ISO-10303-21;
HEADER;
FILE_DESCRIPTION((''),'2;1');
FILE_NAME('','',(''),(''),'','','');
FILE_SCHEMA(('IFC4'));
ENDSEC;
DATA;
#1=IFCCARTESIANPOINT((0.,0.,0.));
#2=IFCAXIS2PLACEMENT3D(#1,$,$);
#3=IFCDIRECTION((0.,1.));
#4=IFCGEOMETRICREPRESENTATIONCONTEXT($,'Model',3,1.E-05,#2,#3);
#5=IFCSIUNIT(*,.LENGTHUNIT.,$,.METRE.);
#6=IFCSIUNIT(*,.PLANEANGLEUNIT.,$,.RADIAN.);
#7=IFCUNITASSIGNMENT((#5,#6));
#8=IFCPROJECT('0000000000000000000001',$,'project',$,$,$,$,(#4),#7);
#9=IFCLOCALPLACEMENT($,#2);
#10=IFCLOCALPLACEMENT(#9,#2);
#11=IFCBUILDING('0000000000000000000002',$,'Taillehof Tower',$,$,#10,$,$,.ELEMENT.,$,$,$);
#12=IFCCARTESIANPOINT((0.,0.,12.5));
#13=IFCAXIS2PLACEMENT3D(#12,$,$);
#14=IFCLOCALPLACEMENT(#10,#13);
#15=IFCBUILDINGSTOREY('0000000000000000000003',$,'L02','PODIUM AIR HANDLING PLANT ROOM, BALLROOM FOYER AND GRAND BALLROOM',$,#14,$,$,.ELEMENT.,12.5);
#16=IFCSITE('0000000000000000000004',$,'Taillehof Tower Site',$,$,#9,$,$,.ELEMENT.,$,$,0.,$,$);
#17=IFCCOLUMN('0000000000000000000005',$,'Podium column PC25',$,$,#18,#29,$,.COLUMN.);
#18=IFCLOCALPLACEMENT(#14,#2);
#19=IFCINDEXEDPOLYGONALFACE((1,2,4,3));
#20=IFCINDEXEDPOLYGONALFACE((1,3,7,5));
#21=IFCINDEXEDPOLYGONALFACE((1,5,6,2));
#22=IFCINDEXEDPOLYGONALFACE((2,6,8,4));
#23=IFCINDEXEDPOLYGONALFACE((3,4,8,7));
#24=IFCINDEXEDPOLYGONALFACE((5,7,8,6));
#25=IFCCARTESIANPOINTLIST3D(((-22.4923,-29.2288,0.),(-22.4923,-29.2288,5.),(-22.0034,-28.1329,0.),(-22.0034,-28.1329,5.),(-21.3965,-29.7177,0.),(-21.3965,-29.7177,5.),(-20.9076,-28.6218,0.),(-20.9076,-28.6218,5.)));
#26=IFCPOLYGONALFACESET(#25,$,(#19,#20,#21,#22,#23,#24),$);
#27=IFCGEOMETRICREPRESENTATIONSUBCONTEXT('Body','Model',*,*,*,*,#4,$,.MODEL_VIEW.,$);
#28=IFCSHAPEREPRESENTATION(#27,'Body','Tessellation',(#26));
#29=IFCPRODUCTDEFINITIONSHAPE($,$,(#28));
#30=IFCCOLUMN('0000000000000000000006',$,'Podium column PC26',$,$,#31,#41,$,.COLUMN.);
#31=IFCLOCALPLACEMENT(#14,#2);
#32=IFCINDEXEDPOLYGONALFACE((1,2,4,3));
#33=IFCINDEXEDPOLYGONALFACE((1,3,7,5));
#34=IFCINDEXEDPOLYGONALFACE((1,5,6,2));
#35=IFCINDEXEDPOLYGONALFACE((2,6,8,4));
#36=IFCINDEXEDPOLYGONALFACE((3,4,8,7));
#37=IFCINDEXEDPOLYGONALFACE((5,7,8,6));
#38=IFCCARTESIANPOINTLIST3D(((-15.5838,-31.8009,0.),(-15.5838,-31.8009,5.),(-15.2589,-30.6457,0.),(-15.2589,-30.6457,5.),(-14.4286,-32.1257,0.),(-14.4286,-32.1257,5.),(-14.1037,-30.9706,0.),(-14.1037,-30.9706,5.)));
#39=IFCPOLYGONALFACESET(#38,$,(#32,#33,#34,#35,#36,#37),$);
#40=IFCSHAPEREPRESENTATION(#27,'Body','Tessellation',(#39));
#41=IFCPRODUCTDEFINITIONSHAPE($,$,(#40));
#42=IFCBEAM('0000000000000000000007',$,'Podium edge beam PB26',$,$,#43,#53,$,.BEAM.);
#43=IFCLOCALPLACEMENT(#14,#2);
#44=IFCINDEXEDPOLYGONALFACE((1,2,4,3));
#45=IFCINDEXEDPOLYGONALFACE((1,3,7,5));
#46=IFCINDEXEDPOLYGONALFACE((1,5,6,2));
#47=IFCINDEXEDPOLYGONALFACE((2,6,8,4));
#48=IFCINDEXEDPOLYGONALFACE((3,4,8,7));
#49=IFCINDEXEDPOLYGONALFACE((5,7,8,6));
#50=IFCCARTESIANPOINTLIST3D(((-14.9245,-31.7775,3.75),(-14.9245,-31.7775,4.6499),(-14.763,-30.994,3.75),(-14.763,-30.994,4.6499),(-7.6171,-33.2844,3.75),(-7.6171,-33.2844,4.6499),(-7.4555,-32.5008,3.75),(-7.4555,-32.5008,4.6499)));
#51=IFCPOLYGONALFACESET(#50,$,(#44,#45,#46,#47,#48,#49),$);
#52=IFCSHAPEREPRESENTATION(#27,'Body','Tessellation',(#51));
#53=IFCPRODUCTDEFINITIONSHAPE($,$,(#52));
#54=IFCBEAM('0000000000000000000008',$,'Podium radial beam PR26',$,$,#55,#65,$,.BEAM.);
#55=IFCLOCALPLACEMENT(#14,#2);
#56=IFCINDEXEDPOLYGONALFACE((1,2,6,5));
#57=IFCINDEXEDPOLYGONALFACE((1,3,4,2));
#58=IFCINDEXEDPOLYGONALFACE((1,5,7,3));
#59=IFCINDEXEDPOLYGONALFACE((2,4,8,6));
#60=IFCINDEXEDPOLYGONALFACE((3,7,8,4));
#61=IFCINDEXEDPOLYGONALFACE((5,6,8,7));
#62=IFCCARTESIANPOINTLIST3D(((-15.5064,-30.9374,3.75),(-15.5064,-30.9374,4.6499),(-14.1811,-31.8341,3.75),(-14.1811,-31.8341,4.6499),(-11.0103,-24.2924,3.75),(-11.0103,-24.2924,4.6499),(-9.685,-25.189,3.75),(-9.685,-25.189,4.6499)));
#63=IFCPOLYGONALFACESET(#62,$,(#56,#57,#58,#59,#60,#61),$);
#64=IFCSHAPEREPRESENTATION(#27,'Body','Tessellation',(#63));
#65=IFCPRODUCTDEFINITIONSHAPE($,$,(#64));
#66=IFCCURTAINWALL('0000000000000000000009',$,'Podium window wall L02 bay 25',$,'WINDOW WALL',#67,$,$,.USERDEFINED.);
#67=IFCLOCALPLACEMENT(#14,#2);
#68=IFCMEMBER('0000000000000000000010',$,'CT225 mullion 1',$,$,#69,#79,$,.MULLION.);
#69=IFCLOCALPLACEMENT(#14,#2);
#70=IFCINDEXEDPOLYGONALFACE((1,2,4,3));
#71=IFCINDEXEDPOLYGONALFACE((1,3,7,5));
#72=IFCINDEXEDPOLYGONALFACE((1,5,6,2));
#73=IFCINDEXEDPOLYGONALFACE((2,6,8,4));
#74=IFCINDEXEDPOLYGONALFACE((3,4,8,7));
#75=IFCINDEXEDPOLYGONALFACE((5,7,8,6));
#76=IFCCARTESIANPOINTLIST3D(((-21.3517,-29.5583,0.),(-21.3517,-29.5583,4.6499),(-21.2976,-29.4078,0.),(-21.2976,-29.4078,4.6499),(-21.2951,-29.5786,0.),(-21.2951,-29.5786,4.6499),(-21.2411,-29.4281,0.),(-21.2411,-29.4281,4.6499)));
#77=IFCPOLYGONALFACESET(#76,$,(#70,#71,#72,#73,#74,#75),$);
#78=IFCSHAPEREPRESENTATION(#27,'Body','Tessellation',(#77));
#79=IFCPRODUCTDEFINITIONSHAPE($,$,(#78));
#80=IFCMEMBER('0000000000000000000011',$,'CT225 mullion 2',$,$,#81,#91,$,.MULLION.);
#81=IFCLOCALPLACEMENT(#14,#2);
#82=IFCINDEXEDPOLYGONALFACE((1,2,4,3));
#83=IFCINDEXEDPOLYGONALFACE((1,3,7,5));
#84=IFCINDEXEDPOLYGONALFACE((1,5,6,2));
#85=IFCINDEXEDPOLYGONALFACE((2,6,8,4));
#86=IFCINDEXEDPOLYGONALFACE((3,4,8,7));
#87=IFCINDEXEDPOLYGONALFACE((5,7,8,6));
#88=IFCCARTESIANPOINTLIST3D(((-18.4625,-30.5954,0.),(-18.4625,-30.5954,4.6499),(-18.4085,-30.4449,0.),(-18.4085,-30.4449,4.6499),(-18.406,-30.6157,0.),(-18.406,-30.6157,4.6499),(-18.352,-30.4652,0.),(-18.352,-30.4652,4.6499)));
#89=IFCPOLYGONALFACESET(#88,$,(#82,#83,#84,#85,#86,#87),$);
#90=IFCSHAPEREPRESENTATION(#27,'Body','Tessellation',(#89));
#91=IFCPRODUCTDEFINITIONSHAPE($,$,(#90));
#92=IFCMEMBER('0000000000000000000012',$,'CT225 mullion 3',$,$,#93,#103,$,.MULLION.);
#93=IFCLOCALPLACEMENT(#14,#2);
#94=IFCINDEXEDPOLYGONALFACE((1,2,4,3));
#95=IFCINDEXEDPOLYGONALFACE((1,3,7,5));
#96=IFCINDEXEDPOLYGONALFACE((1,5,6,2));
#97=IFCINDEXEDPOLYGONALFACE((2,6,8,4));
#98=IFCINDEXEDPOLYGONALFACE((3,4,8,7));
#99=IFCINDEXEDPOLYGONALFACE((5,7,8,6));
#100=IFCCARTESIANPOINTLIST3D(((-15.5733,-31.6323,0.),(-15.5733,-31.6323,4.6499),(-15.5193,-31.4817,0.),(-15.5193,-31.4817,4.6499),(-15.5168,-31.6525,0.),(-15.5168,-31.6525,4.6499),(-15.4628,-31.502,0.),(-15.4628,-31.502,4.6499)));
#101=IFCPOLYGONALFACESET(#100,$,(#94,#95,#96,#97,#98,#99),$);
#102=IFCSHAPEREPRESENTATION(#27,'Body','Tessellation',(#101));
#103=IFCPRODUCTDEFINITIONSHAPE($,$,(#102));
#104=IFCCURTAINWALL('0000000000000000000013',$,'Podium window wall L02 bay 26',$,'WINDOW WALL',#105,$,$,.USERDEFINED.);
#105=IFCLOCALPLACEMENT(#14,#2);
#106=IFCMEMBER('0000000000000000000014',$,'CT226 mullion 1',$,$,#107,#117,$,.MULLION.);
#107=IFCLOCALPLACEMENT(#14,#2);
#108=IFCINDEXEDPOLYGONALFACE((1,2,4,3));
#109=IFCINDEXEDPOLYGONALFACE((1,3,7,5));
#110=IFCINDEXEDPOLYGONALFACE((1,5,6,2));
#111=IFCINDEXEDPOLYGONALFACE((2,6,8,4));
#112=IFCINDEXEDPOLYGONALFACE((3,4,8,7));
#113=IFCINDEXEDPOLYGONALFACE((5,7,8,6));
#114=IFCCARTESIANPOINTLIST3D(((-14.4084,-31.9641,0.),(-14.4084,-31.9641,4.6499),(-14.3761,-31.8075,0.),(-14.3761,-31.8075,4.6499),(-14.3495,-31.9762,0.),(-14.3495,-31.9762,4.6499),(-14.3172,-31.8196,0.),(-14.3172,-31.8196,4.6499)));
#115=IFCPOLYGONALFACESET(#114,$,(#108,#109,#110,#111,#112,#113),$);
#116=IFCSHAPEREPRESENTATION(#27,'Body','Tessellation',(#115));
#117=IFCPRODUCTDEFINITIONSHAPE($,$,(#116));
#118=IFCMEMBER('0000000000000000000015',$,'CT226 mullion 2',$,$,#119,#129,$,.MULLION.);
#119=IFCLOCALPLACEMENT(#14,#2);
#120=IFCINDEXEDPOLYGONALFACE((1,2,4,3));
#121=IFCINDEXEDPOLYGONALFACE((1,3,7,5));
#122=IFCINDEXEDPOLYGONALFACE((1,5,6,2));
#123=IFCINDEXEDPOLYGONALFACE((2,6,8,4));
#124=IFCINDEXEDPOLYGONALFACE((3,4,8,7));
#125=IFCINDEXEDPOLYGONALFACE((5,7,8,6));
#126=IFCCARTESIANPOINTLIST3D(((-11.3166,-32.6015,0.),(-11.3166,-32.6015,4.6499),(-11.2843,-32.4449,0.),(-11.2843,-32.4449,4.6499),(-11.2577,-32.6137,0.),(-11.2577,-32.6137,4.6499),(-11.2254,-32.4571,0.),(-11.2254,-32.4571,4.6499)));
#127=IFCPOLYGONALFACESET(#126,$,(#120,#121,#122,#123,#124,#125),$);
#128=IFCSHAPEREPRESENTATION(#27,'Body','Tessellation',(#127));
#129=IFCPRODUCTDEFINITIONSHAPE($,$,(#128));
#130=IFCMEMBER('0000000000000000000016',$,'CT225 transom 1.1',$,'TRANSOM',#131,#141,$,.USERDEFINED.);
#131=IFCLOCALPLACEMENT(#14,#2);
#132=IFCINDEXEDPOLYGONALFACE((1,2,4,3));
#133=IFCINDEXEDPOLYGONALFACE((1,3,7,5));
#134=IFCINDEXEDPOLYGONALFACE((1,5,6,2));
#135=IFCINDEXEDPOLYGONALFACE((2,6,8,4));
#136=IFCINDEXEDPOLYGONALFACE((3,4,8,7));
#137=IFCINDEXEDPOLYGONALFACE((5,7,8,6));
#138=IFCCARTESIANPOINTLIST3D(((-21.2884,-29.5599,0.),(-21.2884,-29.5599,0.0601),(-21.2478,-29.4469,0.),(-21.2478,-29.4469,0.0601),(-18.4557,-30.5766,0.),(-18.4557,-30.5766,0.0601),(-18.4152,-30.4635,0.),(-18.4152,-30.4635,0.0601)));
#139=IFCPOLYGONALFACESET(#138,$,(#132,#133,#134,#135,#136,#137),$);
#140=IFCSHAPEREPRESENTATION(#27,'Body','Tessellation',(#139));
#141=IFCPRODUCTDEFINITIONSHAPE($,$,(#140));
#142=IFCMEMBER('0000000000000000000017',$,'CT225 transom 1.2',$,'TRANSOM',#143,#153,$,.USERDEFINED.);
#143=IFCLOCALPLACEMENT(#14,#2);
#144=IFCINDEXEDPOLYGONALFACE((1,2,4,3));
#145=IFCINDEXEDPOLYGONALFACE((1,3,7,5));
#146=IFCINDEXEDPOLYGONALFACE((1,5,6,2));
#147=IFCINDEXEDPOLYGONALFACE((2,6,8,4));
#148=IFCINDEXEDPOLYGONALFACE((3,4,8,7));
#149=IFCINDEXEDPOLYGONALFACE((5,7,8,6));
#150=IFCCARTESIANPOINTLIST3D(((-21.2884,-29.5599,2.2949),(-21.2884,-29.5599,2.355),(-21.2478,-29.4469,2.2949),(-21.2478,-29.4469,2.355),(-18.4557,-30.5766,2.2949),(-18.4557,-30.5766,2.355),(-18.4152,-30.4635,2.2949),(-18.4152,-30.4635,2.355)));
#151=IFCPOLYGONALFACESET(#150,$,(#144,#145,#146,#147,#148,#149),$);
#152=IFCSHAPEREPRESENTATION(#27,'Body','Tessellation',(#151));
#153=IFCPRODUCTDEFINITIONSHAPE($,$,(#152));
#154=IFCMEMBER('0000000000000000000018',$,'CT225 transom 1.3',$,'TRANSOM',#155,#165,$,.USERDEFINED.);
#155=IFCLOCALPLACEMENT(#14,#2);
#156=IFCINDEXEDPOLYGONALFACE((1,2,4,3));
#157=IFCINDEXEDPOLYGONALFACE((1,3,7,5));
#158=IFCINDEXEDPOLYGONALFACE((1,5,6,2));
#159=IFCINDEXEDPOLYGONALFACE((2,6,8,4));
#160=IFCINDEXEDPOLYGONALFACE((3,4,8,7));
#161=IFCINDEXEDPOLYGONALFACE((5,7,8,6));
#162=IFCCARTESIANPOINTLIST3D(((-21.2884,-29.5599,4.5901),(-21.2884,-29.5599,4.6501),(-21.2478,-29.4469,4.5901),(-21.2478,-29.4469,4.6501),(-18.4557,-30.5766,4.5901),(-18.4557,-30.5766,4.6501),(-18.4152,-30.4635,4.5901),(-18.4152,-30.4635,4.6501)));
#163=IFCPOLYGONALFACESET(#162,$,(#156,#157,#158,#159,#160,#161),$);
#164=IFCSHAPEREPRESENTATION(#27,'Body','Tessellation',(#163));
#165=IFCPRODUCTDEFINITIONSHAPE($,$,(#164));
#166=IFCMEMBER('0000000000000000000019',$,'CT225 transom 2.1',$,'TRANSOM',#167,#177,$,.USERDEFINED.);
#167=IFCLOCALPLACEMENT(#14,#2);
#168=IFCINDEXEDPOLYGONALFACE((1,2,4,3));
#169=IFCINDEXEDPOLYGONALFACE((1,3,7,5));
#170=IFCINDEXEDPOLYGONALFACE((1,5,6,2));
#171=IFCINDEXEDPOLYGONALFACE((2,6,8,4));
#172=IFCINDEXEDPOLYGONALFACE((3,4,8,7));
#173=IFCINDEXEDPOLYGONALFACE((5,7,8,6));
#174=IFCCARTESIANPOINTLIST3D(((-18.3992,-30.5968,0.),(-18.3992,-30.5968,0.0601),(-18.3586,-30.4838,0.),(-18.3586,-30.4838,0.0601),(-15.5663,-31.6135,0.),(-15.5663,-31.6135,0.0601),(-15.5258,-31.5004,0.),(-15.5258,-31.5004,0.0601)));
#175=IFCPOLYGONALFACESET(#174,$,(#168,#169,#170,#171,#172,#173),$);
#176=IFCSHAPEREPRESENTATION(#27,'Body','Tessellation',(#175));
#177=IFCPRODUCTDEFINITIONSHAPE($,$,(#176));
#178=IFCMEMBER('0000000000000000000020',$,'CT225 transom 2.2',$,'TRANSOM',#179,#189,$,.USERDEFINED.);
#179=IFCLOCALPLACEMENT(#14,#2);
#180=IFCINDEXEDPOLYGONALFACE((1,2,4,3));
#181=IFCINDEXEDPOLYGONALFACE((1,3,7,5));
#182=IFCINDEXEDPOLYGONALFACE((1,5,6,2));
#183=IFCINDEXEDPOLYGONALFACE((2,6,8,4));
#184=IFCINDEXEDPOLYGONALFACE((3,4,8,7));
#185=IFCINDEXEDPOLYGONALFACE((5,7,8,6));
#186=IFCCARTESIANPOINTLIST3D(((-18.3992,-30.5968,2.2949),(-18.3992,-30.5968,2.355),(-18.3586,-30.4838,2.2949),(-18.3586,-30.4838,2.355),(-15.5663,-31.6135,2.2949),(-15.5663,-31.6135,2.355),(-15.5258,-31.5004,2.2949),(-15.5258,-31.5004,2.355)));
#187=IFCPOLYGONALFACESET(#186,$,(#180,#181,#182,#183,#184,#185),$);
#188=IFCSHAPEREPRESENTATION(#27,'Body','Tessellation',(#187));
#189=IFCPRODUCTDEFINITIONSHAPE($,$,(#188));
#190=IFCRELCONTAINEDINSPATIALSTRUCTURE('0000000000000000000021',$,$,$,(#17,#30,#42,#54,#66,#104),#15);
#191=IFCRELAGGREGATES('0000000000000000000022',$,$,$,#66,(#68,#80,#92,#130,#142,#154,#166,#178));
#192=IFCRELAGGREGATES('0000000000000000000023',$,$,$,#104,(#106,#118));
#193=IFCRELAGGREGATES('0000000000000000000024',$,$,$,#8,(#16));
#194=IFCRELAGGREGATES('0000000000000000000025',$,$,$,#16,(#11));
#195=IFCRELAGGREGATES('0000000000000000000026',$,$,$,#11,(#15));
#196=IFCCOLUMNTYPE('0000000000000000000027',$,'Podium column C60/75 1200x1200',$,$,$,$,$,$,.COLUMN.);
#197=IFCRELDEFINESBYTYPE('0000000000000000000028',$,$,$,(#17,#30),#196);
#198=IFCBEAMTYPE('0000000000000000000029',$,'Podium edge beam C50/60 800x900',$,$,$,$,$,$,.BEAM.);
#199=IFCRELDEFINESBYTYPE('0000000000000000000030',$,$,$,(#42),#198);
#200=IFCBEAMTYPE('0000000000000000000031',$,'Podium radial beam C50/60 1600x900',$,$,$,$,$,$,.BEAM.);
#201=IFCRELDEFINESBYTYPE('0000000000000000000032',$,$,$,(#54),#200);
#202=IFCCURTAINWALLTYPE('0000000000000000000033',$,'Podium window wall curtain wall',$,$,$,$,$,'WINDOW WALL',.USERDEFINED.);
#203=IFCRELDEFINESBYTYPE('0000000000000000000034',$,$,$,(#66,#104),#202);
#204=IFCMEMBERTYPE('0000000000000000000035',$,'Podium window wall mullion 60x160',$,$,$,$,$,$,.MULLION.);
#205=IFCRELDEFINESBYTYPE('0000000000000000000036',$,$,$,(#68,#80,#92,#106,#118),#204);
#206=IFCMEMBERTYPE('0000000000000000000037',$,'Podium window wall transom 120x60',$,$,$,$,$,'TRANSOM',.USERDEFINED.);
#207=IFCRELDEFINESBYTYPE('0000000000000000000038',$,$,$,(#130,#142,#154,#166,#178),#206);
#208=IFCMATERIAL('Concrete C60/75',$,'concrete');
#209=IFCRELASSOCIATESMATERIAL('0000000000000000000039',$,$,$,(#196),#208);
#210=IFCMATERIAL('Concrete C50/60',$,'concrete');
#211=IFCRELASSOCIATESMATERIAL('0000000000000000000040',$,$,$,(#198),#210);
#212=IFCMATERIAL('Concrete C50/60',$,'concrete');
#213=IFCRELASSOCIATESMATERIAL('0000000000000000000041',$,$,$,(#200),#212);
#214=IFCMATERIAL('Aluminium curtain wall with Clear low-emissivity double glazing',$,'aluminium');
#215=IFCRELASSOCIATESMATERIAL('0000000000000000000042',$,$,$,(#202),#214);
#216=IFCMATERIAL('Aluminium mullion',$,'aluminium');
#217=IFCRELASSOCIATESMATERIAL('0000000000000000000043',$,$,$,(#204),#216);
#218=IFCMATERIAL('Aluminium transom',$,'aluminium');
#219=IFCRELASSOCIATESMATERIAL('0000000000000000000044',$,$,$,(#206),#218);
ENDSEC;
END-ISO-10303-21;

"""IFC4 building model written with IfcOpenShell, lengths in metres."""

from ifc_helpers import new_model, si_unit, direction, frame, origin, origin_2d, place, context, subcontext, project, spatial, rectangle, extrude, material, material_profile, profile_set, type_object, element, aggregate, save


model = new_model("IFC4")

# Units and contexts
model_context = context("Model", 3, precision=1e-05, world=origin(), true_north=direction((0.0, 1.0)))
body_context = subcontext(model_context, "Body", "Model", "MODEL_VIEW")
ifc_project = project(units=[si_unit("LENGTHUNIT", "METRE"), si_unit("PLANEANGLEUNIT", "RADIAN")], contexts=[model_context])

# Site, building, storey
site_placement = place(None, origin())
site = spatial("IfcSite", under=ifc_project, at=site_placement, Name="Taillehof Tower Site", CompositionType="ELEMENT", RefElevation=0.0)
building_placement = place(site_placement, origin())
building = spatial("IfcBuilding", under=site, at=building_placement, Name="Taillehof Tower", CompositionType="ELEMENT")
storey_placement = place(building_placement, frame((0.0, 0.0, 12.5)))
storey = spatial("IfcBuildingStorey", under=building, at=storey_placement, Name="L02", Description="PODIUM AIR HANDLING PLANT ROOM, BALLROOM FOYER AND GRAND BALLROOM", CompositionType="ELEMENT", Elevation=12.5)

# Columns
ifc_material_1 = material(Name="Concrete C60/75", Category="concrete")
ifc_material_profile_1 = material_profile(ifc_material_1, rectangle(XDim=1.2, YDim=1.2, at=origin_2d()), Name="RC 1200x1200")
ifc_profile_set_1 = profile_set([ifc_material_profile_1], Name="Concrete C60/75")
column_type = type_object("IfcColumnType", Name="Podium column C60/75 1200x1200", PredefinedType="COLUMN", material=ifc_profile_set_1)
for number, where, z_axis, x_axis, name in (
    (1, (-21.7, -28.9253, 0.0), (0.0, 0.0, 1.0), (-0.407427, -0.913238, 0.0), "Podium column PC25"),
    (2, (-14.8438, -31.3857, 0.0), (0.0, 0.0, 1.0), (-0.270745, -0.962651, 0.0), "Podium column PC26"),
):
    element("IfcColumn", number, at=place(storey_placement, frame(where, z_axis=z_axis, x_axis=x_axis)), inside=storey, type_object=column_type, Name=name, PredefinedType="COLUMN", context=body_context, shape_type="SweptSolid", body=[
        extrude(rectangle(XDim=1.2, YDim=1.2, at=origin_2d()), origin(), (0.0, 0.0, 1.0), 5.0),
    ])

# Beams
ifc_material_2 = material(Name="Concrete C50/60", Category="concrete")
ifc_material_profile_2 = material_profile(ifc_material_2, rectangle(XDim=0.8, YDim=0.8999, at=origin_2d()), Name="RC 800x900")
ifc_profile_set_2 = profile_set([ifc_material_profile_2], Name="Concrete C50/60")
beam_type_1 = type_object("IfcBeamType", Name="Podium edge beam C50/60 800x900", PredefinedType="BEAM", material=ifc_profile_set_2)
beam_1_placement = place(storey_placement, frame((-14.8438, -31.3857, 4.2), z_axis=(0.979394, -0.201959, 0.0), x_axis=(0.201959, 0.979394, 0.0)))
element("IfcBeam", 3, at=beam_1_placement, inside=storey, type_object=beam_type_1, Name="Podium edge beam PB26", PredefinedType="BEAM", context=body_context, shape_type="SweptSolid", body=[
    extrude(rectangle(XDim=0.8, YDim=0.8999, at=origin_2d()), origin(), (0.0, 0.0, 1.0), 7.4612),
])
ifc_material_3 = material(Name="Concrete C50/60", Category="concrete")
ifc_material_profile_3 = material_profile(ifc_material_3, rectangle(XDim=1.6001, YDim=0.8999, at=origin_2d()), Name="RC 1600x900")
ifc_profile_set_3 = profile_set([ifc_material_profile_3], Name="Concrete C50/60")
beam_type_2 = type_object("IfcBeamType", Name="Podium radial beam C50/60 1600x900", PredefinedType="BEAM", material=ifc_profile_set_3)
beam_2_placement = place(storey_placement, frame((-14.8438, -31.3857, 4.2), z_axis=(0.560389, 0.828229, 0.0), x_axis=(-0.828229, 0.560389, 0.0)))
element("IfcBeam", 4, at=beam_2_placement, inside=storey, type_object=beam_type_2, Name="Podium radial beam PR26", PredefinedType="BEAM", context=body_context, shape_type="SweptSolid", body=[
    extrude(rectangle(XDim=1.6001, YDim=0.8999, at=origin_2d()), origin(), (0.0, 0.0, 1.0), 8.0232),
])

# Curtain walls, members
ifc_material_4 = material(Name="Aluminium curtain wall with Clear low-emissivity double glazing", Category="aluminium")
curtain_wall_type = type_object("IfcCurtainWallType", Name="Podium window wall curtain wall", ElementType="WINDOW WALL", PredefinedType="USERDEFINED", material=ifc_material_4)
curtain_wall_1_placement = place(storey_placement, origin())
curtain_wall_1 = element("IfcCurtainWall", 5, at=curtain_wall_1_placement, inside=storey, type_object=curtain_wall_type, Name="Podium window wall L02 bay 25", ObjectType="WINDOW WALL", PredefinedType="USERDEFINED")
ifc_material_5 = material(Name="Aluminium mullion", Category="aluminium")
ifc_material_profile_4 = material_profile(ifc_material_5, rectangle(XDim=0.1599, YDim=0.0601, at=origin_2d()), Name="AL 60x160")
ifc_profile_set_4 = profile_set([ifc_material_profile_4], Name="Aluminium mullion")
member_type_1 = type_object("IfcMemberType", Name="Podium window wall mullion 60x160", PredefinedType="MULLION", material=ifc_profile_set_4)
member_1_placement = place(storey_placement, frame((-21.2964, -29.4932, 0.0), z_axis=(0.0, 0.0, 1.0), x_axis=(0.337799, 0.941218, 0.0)))
member_1 = element("IfcMember", 6, at=member_1_placement, type_object=member_type_1, Name="CT225 mullion 1", PredefinedType="MULLION", context=body_context, shape_type="SweptSolid", body=[
    extrude(rectangle(XDim=0.1599, YDim=0.0601, at=origin_2d()), origin(), (0.0, 0.0, 1.0), 4.6499),
])
member_2_placement = place(storey_placement, frame((-18.4072, -30.5303, 0.0), z_axis=(0.0, 0.0, 1.0), x_axis=(0.337799, 0.941218, 0.0)))
member_2 = element("IfcMember", 7, at=member_2_placement, type_object=member_type_1, Name="CT225 mullion 2", PredefinedType="MULLION", context=body_context, shape_type="SweptSolid", body=[
    extrude(rectangle(XDim=0.1599, YDim=0.0601, at=origin_2d()), origin(), (0.0, 0.0, 1.0), 4.6499),
])
member_3_placement = place(storey_placement, frame((-15.5181, -31.5671, 0.0), z_axis=(0.0, 0.0, 1.0), x_axis=(0.337799, 0.941218, 0.0)))
member_3 = element("IfcMember", 8, at=member_3_placement, type_object=member_type_1, Name="CT225 mullion 3", PredefinedType="MULLION", context=body_context, shape_type="SweptSolid", body=[
    extrude(rectangle(XDim=0.1599, YDim=0.0601, at=origin_2d()), origin(), (0.0, 0.0, 1.0), 4.6499),
])
curtain_wall_2_placement = place(storey_placement, origin())
curtain_wall_2 = element("IfcCurtainWall", 9, at=curtain_wall_2_placement, inside=storey, type_object=curtain_wall_type, Name="Podium window wall L02 bay 26", ObjectType="WINDOW WALL", PredefinedType="USERDEFINED")
member_4_placement = place(storey_placement, frame((-14.3628, -31.8918, 0.0), z_axis=(0.0, 0.0, 1.0), x_axis=(0.201976, 0.97939, 0.0)))
member_4 = element("IfcMember", 10, at=member_4_placement, type_object=member_type_1, Name="CT226 mullion 1", PredefinedType="MULLION", context=body_context, shape_type="SweptSolid", body=[
    extrude(rectangle(XDim=0.1599, YDim=0.0601, at=origin_2d()), origin(), (0.0, 0.0, 1.0), 4.6499),
])
member_5_placement = place(storey_placement, frame((-11.271, -32.5293, 0.0), z_axis=(0.0, 0.0, 1.0), x_axis=(0.201976, 0.97939, 0.0)))
member_5 = element("IfcMember", 11, at=member_5_placement, type_object=member_type_1, Name="CT226 mullion 2", PredefinedType="MULLION", context=body_context, shape_type="SweptSolid", body=[
    extrude(rectangle(XDim=0.1599, YDim=0.0601, at=origin_2d()), origin(), (0.0, 0.0, 1.0), 4.6499),
])

# Members
ifc_material_6 = material(Name="Aluminium transom", Category="aluminium")
ifc_material_profile_5 = material_profile(ifc_material_6, rectangle(XDim=0.1201, YDim=0.0601, at=origin_2d()), Name="AL 120x60")
ifc_profile_set_5 = profile_set([ifc_material_profile_5], Name="Aluminium transom")
member_type_2 = type_object("IfcMemberType", Name="Podium window wall transom 120x60", ElementType="TRANSOM", PredefinedType="USERDEFINED", material=ifc_profile_set_5)
member_6_placement = place(storey_placement, frame((-21.2681, -29.5034, 0.03), z_axis=(0.941216, -0.337806, 0.0), x_axis=(0.337806, 0.941216, 0.0)))
member_6 = element("IfcMember", 12, at=member_6_placement, type_object=member_type_2, Name="CT225 transom 1.1", ObjectType="TRANSOM", PredefinedType="USERDEFINED", context=body_context, shape_type="SweptSolid", body=[
    extrude(rectangle(XDim=0.1201, YDim=0.0601, at=origin_2d()), origin(), (0.0, 0.0, 1.0), 3.0095),
])
member_7_placement = place(storey_placement, frame((-21.2681, -29.5034, 2.325), z_axis=(0.941216, -0.337806, 0.0), x_axis=(0.337806, 0.941216, 0.0)))
member_7 = element("IfcMember", 13, at=member_7_placement, type_object=member_type_2, Name="CT225 transom 1.2", ObjectType="TRANSOM", PredefinedType="USERDEFINED", context=body_context, shape_type="SweptSolid", body=[
    extrude(rectangle(XDim=0.1201, YDim=0.0601, at=origin_2d()), origin(), (0.0, 0.0, 1.0), 3.0095),
])
member_8_placement = place(storey_placement, frame((-21.2681, -29.5034, 4.6201), z_axis=(0.941216, -0.337806, 0.0), x_axis=(0.337806, 0.941216, 0.0)))
member_8 = element("IfcMember", 14, at=member_8_placement, type_object=member_type_2, Name="CT225 transom 1.3", ObjectType="TRANSOM", PredefinedType="USERDEFINED", context=body_context, shape_type="SweptSolid", body=[
    extrude(rectangle(XDim=0.1201, YDim=0.0601, at=origin_2d()), origin(), (0.0, 0.0, 1.0), 3.0095),
])
member_9_placement = place(storey_placement, frame((-18.3789, -30.5403, 0.03), z_axis=(0.941225, -0.33778, 0.0), x_axis=(0.33778, 0.941225, 0.0)))
member_9 = element("IfcMember", 15, at=member_9_placement, type_object=member_type_2, Name="CT225 transom 2.1", ObjectType="TRANSOM", PredefinedType="USERDEFINED", context=body_context, shape_type="SweptSolid", body=[
    extrude(rectangle(XDim=0.1201, YDim=0.0601, at=origin_2d()), origin(), (0.0, 0.0, 1.0), 3.0098),
])
member_10_placement = place(storey_placement, frame((-18.3789, -30.5403, 2.325), z_axis=(0.941225, -0.33778, 0.0), x_axis=(0.33778, 0.941225, 0.0)))
member_10 = element("IfcMember", 16, at=member_10_placement, type_object=member_type_2, Name="CT225 transom 2.2", ObjectType="TRANSOM", PredefinedType="USERDEFINED", context=body_context, shape_type="SweptSolid", body=[
    extrude(rectangle(XDim=0.1201, YDim=0.0601, at=origin_2d()), origin(), (0.0, 0.0, 1.0), 3.0098),
])

aggregate(curtain_wall_1, [member_1, member_2, member_3, member_6, member_7, member_8, member_9, member_10])
aggregate(curtain_wall_2, [member_4, member_5])

save(model, "model.ifc")
